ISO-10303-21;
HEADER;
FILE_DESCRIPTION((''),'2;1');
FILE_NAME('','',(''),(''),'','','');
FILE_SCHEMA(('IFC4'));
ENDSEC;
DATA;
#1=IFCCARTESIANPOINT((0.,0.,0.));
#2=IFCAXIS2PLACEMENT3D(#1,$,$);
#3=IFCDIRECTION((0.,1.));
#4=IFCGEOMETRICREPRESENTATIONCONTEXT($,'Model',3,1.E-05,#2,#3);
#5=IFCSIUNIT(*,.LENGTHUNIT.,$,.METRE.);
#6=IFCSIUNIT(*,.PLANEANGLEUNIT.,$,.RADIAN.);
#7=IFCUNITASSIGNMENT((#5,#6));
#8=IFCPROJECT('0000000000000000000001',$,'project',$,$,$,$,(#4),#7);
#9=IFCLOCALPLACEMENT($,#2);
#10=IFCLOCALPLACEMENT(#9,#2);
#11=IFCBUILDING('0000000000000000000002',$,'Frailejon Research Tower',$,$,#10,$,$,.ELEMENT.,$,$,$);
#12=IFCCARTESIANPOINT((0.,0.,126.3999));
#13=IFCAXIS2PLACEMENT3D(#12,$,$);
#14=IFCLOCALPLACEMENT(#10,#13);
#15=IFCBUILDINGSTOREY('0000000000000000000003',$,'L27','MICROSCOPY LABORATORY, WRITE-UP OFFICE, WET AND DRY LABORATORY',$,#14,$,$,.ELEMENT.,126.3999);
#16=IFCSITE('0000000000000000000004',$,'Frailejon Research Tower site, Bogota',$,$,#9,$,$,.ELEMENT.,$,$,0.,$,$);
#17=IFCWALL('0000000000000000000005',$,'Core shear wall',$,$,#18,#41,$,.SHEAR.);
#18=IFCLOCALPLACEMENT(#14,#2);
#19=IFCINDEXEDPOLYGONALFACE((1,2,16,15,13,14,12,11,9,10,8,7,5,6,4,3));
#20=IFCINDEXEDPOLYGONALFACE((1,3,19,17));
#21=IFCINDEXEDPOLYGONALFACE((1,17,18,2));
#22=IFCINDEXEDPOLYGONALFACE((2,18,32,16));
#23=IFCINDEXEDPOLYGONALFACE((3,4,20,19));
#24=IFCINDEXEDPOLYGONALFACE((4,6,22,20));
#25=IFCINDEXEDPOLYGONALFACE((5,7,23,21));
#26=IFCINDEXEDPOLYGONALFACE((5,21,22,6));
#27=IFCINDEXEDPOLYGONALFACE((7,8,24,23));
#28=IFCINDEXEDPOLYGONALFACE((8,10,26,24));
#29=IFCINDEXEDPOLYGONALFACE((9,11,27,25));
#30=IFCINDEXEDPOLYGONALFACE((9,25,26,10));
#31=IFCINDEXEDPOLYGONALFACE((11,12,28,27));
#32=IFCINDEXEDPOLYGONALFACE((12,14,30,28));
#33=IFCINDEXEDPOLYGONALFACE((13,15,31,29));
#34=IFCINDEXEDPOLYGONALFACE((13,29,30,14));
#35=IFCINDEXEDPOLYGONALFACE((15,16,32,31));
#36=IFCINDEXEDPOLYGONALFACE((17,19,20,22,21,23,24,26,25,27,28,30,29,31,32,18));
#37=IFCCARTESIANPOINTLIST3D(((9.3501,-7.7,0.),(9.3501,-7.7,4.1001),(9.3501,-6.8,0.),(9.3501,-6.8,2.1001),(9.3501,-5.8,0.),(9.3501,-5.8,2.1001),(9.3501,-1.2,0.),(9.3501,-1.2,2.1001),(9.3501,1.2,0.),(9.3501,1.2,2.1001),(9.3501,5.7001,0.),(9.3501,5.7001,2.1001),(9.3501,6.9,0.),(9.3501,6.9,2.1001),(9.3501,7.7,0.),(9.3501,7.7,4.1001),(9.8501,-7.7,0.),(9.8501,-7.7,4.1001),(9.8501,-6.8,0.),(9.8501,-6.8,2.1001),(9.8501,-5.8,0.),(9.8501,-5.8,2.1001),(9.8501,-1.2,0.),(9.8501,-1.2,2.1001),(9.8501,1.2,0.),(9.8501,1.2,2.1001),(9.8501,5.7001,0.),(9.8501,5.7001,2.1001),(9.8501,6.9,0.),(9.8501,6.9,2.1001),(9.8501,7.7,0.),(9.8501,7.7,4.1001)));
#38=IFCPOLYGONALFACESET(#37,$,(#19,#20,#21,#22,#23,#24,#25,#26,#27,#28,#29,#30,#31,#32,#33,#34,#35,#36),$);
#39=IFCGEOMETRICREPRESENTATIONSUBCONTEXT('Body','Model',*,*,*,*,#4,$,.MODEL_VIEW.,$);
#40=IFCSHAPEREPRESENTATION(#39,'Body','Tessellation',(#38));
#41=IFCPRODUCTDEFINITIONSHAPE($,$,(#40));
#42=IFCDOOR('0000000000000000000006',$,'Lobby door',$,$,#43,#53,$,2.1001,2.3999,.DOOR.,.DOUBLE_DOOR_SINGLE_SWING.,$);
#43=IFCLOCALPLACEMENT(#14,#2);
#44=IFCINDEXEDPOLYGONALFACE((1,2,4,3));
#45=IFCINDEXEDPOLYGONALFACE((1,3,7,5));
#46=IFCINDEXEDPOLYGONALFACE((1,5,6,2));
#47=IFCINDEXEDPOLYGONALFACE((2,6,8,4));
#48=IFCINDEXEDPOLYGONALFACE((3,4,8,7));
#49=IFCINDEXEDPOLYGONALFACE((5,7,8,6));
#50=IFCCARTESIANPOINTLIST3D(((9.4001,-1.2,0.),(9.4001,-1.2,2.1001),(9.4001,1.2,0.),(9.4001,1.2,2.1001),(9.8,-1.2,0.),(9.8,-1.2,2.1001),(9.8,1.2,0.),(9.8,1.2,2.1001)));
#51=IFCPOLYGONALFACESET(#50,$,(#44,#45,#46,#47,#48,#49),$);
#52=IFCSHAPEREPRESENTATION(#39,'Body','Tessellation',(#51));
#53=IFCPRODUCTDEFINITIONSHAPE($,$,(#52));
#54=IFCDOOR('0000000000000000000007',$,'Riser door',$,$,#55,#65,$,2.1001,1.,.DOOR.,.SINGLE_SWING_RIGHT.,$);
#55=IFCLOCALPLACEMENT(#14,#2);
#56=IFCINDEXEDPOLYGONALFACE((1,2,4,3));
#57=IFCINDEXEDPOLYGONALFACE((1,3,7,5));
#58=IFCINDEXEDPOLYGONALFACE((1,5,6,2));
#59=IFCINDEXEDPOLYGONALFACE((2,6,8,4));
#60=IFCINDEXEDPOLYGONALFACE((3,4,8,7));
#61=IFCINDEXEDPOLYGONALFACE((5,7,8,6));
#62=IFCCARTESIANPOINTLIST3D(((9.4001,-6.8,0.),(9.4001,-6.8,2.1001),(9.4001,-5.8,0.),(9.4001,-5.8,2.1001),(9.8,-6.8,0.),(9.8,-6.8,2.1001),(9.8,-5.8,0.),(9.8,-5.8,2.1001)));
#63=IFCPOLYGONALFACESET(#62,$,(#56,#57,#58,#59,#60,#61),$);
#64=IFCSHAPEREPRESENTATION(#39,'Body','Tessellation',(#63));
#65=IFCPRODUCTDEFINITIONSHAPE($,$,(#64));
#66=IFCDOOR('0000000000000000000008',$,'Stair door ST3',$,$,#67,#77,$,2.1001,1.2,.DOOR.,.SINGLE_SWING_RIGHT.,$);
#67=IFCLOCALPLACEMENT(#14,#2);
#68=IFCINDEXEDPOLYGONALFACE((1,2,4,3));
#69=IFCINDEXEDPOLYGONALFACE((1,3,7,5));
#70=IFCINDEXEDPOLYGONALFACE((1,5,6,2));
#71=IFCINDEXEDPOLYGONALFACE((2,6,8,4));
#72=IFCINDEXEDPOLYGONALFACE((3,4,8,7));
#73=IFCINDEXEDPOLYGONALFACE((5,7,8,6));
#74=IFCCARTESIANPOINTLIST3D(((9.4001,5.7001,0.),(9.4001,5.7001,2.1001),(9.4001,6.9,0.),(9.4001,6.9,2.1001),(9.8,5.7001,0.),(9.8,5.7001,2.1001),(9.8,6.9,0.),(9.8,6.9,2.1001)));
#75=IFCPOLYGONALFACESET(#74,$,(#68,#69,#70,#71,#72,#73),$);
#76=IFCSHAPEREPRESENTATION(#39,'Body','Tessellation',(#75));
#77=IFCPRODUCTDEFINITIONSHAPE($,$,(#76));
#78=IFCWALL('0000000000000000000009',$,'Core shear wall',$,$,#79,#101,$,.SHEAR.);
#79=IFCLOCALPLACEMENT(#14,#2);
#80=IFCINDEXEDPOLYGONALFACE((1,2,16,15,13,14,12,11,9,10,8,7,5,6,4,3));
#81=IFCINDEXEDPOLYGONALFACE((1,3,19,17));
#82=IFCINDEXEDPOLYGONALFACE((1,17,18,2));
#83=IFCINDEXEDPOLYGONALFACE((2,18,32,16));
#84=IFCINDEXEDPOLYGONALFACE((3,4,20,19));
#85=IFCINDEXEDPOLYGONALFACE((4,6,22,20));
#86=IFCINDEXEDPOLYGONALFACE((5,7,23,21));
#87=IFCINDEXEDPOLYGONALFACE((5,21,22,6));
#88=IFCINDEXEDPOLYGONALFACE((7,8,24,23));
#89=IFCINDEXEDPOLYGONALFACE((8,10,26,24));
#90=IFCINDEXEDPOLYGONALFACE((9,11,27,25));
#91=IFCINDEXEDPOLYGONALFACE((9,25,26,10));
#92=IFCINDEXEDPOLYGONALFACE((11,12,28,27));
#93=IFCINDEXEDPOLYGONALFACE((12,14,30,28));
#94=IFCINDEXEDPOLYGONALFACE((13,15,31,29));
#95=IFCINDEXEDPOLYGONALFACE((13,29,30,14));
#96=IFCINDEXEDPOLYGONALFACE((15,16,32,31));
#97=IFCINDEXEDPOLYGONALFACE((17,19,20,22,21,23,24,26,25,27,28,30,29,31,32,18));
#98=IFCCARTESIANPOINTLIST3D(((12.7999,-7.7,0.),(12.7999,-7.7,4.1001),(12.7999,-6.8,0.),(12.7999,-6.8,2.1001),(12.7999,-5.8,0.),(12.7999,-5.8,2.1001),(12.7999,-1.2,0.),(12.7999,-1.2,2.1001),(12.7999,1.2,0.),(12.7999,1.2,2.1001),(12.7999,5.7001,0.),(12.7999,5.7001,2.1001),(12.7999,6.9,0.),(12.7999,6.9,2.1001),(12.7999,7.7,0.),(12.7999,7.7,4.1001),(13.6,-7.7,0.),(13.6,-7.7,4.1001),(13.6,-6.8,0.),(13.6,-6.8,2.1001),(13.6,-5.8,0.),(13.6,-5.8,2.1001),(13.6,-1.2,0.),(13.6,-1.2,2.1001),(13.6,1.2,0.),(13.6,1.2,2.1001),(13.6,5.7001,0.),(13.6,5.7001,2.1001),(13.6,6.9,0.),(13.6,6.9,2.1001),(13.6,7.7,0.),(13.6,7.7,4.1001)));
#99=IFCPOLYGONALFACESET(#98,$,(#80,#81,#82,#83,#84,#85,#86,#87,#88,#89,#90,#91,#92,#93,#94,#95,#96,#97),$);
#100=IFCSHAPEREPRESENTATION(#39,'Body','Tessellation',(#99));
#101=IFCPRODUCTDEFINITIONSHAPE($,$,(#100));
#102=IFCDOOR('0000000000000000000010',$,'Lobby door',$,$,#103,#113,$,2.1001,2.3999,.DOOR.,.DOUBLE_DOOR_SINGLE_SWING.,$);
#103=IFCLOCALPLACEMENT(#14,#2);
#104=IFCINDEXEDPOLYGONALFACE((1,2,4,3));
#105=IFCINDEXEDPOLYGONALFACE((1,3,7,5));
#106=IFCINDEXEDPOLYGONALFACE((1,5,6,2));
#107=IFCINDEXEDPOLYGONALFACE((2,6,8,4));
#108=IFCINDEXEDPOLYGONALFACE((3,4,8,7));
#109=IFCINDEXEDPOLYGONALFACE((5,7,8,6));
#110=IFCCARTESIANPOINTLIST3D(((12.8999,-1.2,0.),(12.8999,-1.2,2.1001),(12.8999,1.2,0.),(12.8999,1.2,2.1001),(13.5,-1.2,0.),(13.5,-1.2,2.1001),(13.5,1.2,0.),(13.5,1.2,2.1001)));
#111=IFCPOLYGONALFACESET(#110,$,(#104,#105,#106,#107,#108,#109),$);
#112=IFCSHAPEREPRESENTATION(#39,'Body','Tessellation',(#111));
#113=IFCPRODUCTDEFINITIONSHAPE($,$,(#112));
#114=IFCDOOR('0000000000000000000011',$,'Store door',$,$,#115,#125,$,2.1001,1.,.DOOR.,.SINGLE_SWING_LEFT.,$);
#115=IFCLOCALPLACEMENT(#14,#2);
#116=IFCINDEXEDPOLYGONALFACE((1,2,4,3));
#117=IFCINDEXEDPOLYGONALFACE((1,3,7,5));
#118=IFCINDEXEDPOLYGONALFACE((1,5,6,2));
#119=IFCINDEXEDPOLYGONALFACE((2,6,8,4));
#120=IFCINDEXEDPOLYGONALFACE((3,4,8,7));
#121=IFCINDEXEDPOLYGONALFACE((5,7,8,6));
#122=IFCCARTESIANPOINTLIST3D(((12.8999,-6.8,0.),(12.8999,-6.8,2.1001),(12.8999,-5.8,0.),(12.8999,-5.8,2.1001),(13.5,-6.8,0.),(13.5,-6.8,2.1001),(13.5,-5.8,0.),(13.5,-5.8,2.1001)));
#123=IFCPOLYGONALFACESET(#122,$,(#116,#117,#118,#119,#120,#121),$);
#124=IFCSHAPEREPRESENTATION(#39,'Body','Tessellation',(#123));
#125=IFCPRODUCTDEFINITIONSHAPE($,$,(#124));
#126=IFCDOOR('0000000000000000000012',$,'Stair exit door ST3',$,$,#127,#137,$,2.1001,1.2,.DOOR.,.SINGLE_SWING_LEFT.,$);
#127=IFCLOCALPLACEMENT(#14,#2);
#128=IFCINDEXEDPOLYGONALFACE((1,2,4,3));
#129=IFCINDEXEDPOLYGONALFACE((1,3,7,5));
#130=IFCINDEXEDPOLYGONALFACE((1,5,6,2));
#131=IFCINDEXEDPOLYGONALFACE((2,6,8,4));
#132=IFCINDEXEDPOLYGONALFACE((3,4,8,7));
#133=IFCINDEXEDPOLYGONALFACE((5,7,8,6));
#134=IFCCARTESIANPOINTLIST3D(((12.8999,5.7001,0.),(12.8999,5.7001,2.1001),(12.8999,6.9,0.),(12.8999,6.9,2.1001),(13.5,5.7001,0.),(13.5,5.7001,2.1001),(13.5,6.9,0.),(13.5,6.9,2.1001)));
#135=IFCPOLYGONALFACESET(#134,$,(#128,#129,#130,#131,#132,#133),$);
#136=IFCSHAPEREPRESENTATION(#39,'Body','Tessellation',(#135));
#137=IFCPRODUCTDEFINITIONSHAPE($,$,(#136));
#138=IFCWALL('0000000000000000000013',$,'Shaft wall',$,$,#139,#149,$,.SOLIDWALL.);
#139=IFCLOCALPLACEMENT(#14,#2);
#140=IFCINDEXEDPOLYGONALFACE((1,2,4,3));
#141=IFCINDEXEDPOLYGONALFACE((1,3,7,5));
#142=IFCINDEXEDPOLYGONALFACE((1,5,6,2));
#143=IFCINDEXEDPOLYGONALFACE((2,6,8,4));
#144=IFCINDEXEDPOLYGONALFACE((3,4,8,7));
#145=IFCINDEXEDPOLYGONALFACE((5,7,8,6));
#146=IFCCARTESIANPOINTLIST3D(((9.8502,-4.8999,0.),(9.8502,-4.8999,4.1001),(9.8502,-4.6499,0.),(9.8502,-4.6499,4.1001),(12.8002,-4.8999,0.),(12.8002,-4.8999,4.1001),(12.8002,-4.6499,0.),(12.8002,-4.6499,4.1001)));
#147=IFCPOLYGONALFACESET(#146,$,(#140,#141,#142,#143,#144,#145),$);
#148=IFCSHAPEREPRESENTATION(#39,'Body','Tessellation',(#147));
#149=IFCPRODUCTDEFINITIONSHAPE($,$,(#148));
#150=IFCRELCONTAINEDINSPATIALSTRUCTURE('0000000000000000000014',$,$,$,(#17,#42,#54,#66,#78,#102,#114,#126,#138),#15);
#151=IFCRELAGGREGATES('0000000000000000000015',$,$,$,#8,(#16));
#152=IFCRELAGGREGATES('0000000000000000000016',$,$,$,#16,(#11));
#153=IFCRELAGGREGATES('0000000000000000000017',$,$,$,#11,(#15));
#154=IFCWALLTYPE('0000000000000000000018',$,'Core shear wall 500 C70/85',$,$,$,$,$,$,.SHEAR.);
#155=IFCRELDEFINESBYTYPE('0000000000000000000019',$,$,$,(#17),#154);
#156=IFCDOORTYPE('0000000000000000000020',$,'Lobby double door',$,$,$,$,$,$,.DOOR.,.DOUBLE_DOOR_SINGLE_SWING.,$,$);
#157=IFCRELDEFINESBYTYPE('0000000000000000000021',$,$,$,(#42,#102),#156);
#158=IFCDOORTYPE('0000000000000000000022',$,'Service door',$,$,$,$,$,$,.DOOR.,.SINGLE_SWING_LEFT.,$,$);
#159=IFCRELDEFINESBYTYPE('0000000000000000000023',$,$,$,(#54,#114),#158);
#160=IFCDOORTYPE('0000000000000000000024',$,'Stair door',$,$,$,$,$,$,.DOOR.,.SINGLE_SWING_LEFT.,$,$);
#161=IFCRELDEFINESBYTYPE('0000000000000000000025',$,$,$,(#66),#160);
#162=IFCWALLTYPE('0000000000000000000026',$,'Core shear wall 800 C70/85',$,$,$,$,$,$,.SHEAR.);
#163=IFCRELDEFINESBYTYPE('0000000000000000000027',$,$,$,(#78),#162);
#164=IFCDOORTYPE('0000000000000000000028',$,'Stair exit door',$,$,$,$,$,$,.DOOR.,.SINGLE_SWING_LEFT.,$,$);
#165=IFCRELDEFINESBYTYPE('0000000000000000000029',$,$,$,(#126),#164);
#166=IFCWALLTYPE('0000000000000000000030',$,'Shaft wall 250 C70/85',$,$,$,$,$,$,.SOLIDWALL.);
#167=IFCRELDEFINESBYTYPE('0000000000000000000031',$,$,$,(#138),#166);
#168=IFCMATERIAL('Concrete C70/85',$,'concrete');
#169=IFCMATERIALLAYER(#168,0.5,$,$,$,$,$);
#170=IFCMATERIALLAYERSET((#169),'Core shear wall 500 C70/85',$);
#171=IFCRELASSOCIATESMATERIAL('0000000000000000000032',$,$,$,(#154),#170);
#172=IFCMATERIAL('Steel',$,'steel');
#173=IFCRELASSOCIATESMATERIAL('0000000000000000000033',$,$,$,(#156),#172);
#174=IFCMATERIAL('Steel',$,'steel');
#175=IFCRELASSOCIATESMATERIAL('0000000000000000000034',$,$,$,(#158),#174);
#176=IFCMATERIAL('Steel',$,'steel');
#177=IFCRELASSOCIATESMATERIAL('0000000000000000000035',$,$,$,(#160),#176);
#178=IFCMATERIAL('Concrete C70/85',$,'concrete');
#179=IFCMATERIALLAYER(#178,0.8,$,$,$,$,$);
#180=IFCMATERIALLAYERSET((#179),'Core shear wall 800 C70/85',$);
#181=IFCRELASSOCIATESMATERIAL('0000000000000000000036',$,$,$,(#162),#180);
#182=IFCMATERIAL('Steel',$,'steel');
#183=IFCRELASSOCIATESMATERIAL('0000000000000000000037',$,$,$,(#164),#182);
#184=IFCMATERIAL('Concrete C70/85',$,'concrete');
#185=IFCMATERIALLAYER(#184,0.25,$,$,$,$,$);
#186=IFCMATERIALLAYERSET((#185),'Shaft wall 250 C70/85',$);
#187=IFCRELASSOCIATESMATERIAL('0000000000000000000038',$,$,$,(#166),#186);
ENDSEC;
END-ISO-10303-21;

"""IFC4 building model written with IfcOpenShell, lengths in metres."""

from ifc_helpers import new_model, si_unit, direction, frame, frame_2d, origin, place, context, subcontext, project, spatial, rectangle, extrude, material, layer, layer_set, type_object, element, fill, save


model = new_model("IFC4")

# Units and contexts
model_context = context("Model", 3, precision=1e-05, world=origin(), true_north=direction((0.0, 1.0)))
body_context = subcontext(model_context, "Body", "Model", "MODEL_VIEW")
ifc_project = project(units=[si_unit("LENGTHUNIT", "METRE"), si_unit("PLANEANGLEUNIT", "RADIAN")], contexts=[model_context])

# Site, building, storey
site_placement = place(None, origin())
site = spatial("IfcSite", under=ifc_project, at=site_placement, Name="Frailejon Research Tower site, Bogota", CompositionType="ELEMENT", RefElevation=0.0)
building_placement = place(site_placement, origin())
building = spatial("IfcBuilding", under=site, at=building_placement, Name="Frailejon Research Tower", CompositionType="ELEMENT")
storey_placement = place(building_placement, frame((0.0, 0.0, 126.3999)))
storey = spatial("IfcBuildingStorey", under=building, at=storey_placement, Name="L27", Description="MICROSCOPY LABORATORY, WRITE-UP OFFICE, WET AND DRY LABORATORY", CompositionType="ELEMENT", Elevation=126.3999)

# Walls, openings, doors
ifc_material_1 = material(Name="Concrete C70/85", Category="concrete")
ifc_layer_1 = layer(ifc_material_1, 0.5)
ifc_layer_set_1 = layer_set([ifc_layer_1], Name="Core shear wall 500 C70/85")
wall_type_1 = type_object("IfcWallType", Name="Core shear wall 500 C70/85", PredefinedType="SHEAR", material=ifc_layer_set_1)
wall_1_placement = place(storey_placement, frame((9.6001, -7.7, 0.0), z_axis=(0.0, 0.0, 1.0), x_axis=(0.0, 1.0, 0.0)))
wall_1 = element("IfcWall", 1, at=wall_1_placement, inside=storey, type_object=wall_type_1, Name="Core shear wall", PredefinedType="SHEAR", context=body_context, shape_type="SweptSolid", body=[
    extrude(rectangle(XDim=15.3999, YDim=0.5, at=frame_2d((7.7, 0.0))), origin(), (0.0, 0.0, 1.0), 4.1001),
])
opening_1_placement = place(wall_1_placement, frame((6.5, 0.0, 0.0)))
opening_1 = element("IfcOpeningElement", 2, at=opening_1_placement, cuts=wall_1, PredefinedType="OPENING", context=body_context, shape_type="SweptSolid", body=[
    extrude(rectangle(XDim=2.3999, YDim=2.1001, at=frame_2d((1.2, 1.05))), frame((0.0, 0.26, 0.0), z_axis=(0.0, -1.0, 0.0), x_axis=(1.0, 0.0, 0.0)), (0.0, 0.0, 1.0), 0.52),
])
opening_2_placement = place(wall_1_placement, frame((13.3999, 0.0, 0.0)))
opening_2 = element("IfcOpeningElement", 3, at=opening_2_placement, cuts=wall_1, PredefinedType="OPENING", context=body_context, shape_type="SweptSolid", body=[
    extrude(rectangle(XDim=1.2, YDim=2.1001, at=frame_2d((0.6001, 1.05))), frame((0.0, 0.26, 0.0), z_axis=(0.0, -1.0, 0.0), x_axis=(1.0, 0.0, 0.0)), (0.0, 0.0, 1.0), 0.52),
])
opening_3_placement = place(wall_1_placement, frame((0.8999, 0.0, 0.0)))
opening_3 = element("IfcOpeningElement", 4, at=opening_3_placement, cuts=wall_1, PredefinedType="OPENING", context=body_context, shape_type="SweptSolid", body=[
    extrude(rectangle(XDim=1.0, YDim=2.1001, at=frame_2d((0.5, 1.05))), frame((0.0, 0.26, 0.0), z_axis=(0.0, -1.0, 0.0), x_axis=(1.0, 0.0, 0.0)), (0.0, 0.0, 1.0), 0.52),
])
ifc_material_2 = material(Name="Steel", Category="steel")
door_type_1 = type_object("IfcDoorType", Name="Lobby double door", OperationType="DOUBLE_DOOR_SINGLE_SWING", PredefinedType="DOOR", material=ifc_material_2)
door_1_placement = place(opening_1_placement, origin())
door_1 = element("IfcDoor", 5, at=door_1_placement, inside=storey, type_object=door_type_1, Name="Lobby door", OperationType="DOUBLE_DOOR_SINGLE_SWING", OverallHeight=2.1001, OverallWidth=2.3999, PredefinedType="DOOR", context=body_context, shape_type="SweptSolid", body=[
    extrude(rectangle(XDim=2.3999, YDim=2.1001, at=frame_2d((1.2, 1.05))), frame((0.0, 0.2, 0.0), z_axis=(0.0, -1.0, 0.0), x_axis=(1.0, 0.0, 0.0)), (0.0, 0.0, 1.0), 0.3999),
])
fill(opening_1, door_1)
ifc_material_3 = material(Name="Steel", Category="steel")
door_type_2 = type_object("IfcDoorType", Name="Service door", OperationType="SINGLE_SWING_LEFT", PredefinedType="DOOR", material=ifc_material_3)
door_2_placement = place(opening_3_placement, origin())
door_2 = element("IfcDoor", 6, at=door_2_placement, inside=storey, type_object=door_type_2, Name="Riser door", OperationType="SINGLE_SWING_RIGHT", OverallHeight=2.1001, OverallWidth=1.0, PredefinedType="DOOR", context=body_context, shape_type="SweptSolid", body=[
    extrude(rectangle(XDim=1.0, YDim=2.1001, at=frame_2d((0.5, 1.05))), frame((0.0, 0.2, 0.0), z_axis=(0.0, -1.0, 0.0), x_axis=(1.0, 0.0, 0.0)), (0.0, 0.0, 1.0), 0.3999),
])
fill(opening_3, door_2)
ifc_material_4 = material(Name="Steel", Category="steel")
door_type_3 = type_object("IfcDoorType", Name="Stair door", OperationType="SINGLE_SWING_LEFT", PredefinedType="DOOR", material=ifc_material_4)
door_3_placement = place(opening_2_placement, origin())
door_3 = element("IfcDoor", 7, at=door_3_placement, inside=storey, type_object=door_type_3, Name="Stair door ST3", OperationType="SINGLE_SWING_RIGHT", OverallHeight=2.1001, OverallWidth=1.2, PredefinedType="DOOR", context=body_context, shape_type="SweptSolid", body=[
    extrude(rectangle(XDim=1.2, YDim=2.1001, at=frame_2d((0.6001, 1.05))), frame((0.0, 0.2, 0.0), z_axis=(0.0, -1.0, 0.0), x_axis=(1.0, 0.0, 0.0)), (0.0, 0.0, 1.0), 0.3999),
])
fill(opening_2, door_3)
ifc_material_5 = material(Name="Concrete C70/85", Category="concrete")
ifc_layer_2 = layer(ifc_material_5, 0.8)
ifc_layer_set_2 = layer_set([ifc_layer_2], Name="Core shear wall 800 C70/85")
wall_type_2 = type_object("IfcWallType", Name="Core shear wall 800 C70/85", PredefinedType="SHEAR", material=ifc_layer_set_2)
wall_2_placement = place(storey_placement, frame((13.2, -7.7, 0.0), z_axis=(0.0, 0.0, 1.0), x_axis=(0.0, 1.0, 0.0)))
wall_2 = element("IfcWall", 8, at=wall_2_placement, inside=storey, type_object=wall_type_2, Name="Core shear wall", PredefinedType="SHEAR", context=body_context, shape_type="SweptSolid", body=[
    extrude(rectangle(XDim=15.3999, YDim=0.8, at=frame_2d((7.7, 0.0))), origin(), (0.0, 0.0, 1.0), 4.1001),
])
opening_4_placement = place(wall_2_placement, frame((6.5, 0.0, 0.0)))
opening_4 = element("IfcOpeningElement", 9, at=opening_4_placement, cuts=wall_2, PredefinedType="OPENING", context=body_context, shape_type="SweptSolid", body=[
    extrude(rectangle(XDim=2.3999, YDim=2.1001, at=frame_2d((1.2, 1.05))), frame((0.0, 0.4099, 0.0), z_axis=(0.0, -1.0, 0.0), x_axis=(1.0, 0.0, 0.0)), (0.0, 0.0, 1.0), 0.8201),
])
opening_5_placement = place(wall_2_placement, frame((13.3999, 0.0, 0.0)))
opening_5 = element("IfcOpeningElement", 10, at=opening_5_placement, cuts=wall_2, PredefinedType="OPENING", context=body_context, shape_type="SweptSolid", body=[
    extrude(rectangle(XDim=1.2, YDim=2.1001, at=frame_2d((0.6001, 1.05))), frame((0.0, 0.4099, 0.0), z_axis=(0.0, -1.0, 0.0), x_axis=(1.0, 0.0, 0.0)), (0.0, 0.0, 1.0), 0.8201),
])
opening_6_placement = place(wall_2_placement, frame((0.8999, 0.0, 0.0)))
opening_6 = element("IfcOpeningElement", 11, at=opening_6_placement, cuts=wall_2, PredefinedType="OPENING", context=body_context, shape_type="SweptSolid", body=[
    extrude(rectangle(XDim=1.0, YDim=2.1001, at=frame_2d((0.5, 1.05))), frame((0.0, 0.4099, 0.0), z_axis=(0.0, -1.0, 0.0), x_axis=(1.0, 0.0, 0.0)), (0.0, 0.0, 1.0), 0.8201),
])
door_4_placement = place(opening_4_placement, origin())
door_4 = element("IfcDoor", 12, at=door_4_placement, inside=storey, type_object=door_type_1, Name="Lobby door", OperationType="DOUBLE_DOOR_SINGLE_SWING", OverallHeight=2.1001, OverallWidth=2.3999, PredefinedType="DOOR", context=body_context, shape_type="SweptSolid", body=[
    extrude(rectangle(XDim=2.3999, YDim=2.1001, at=frame_2d((1.2, 1.05))), frame((0.0, 0.3, 0.0), z_axis=(0.0, -1.0, 0.0), x_axis=(1.0, 0.0, 0.0)), (0.0, 0.0, 1.0), 0.6001),
])
fill(opening_4, door_4)
door_5_placement = place(opening_6_placement, origin())
door_5 = element("IfcDoor", 13, at=door_5_placement, inside=storey, type_object=door_type_2, Name="Store door", OperationType="SINGLE_SWING_LEFT", OverallHeight=2.1001, OverallWidth=1.0, PredefinedType="DOOR", context=body_context, shape_type="SweptSolid", body=[
    extrude(rectangle(XDim=1.0, YDim=2.1001, at=frame_2d((0.5, 1.05))), frame((0.0, 0.3, 0.0), z_axis=(0.0, -1.0, 0.0), x_axis=(1.0, 0.0, 0.0)), (0.0, 0.0, 1.0), 0.6001),
])
fill(opening_6, door_5)
ifc_material_6 = material(Name="Steel", Category="steel")
door_type_4 = type_object("IfcDoorType", Name="Stair exit door", OperationType="SINGLE_SWING_LEFT", PredefinedType="DOOR", material=ifc_material_6)
door_6_placement = place(opening_5_placement, origin())
door_6 = element("IfcDoor", 14, at=door_6_placement, inside=storey, type_object=door_type_4, Name="Stair exit door ST3", OperationType="SINGLE_SWING_LEFT", OverallHeight=2.1001, OverallWidth=1.2, PredefinedType="DOOR", context=body_context, shape_type="SweptSolid", body=[
    extrude(rectangle(XDim=1.2, YDim=2.1001, at=frame_2d((0.6001, 1.05))), frame((0.0, 0.3, 0.0), z_axis=(0.0, -1.0, 0.0), x_axis=(1.0, 0.0, 0.0)), (0.0, 0.0, 1.0), 0.6001),
])
fill(opening_5, door_6)

# Wall
ifc_material_7 = material(Name="Concrete C70/85", Category="concrete")
ifc_layer_3 = layer(ifc_material_7, 0.25)
ifc_layer_set_3 = layer_set([ifc_layer_3], Name="Shaft wall 250 C70/85")
wall_type_3 = type_object("IfcWallType", Name="Shaft wall 250 C70/85", PredefinedType="SOLIDWALL", material=ifc_layer_set_3)
wall_3_placement = place(storey_placement, frame((9.8501, -4.7749, 0.0), z_axis=(0.0, 0.0, 1.0), x_axis=(1.0, 0.0, 0.0)))
element("IfcWall", 15, at=wall_3_placement, inside=storey, type_object=wall_type_3, Name="Shaft wall", PredefinedType="SOLIDWALL", context=body_context, shape_type="SweptSolid", body=[
    extrude(rectangle(XDim=2.95, YDim=0.25, at=frame_2d((1.4751, 0.0))), origin(), (0.0, 0.0, 1.0), 4.1001),
])

save(model, "model.ifc")
